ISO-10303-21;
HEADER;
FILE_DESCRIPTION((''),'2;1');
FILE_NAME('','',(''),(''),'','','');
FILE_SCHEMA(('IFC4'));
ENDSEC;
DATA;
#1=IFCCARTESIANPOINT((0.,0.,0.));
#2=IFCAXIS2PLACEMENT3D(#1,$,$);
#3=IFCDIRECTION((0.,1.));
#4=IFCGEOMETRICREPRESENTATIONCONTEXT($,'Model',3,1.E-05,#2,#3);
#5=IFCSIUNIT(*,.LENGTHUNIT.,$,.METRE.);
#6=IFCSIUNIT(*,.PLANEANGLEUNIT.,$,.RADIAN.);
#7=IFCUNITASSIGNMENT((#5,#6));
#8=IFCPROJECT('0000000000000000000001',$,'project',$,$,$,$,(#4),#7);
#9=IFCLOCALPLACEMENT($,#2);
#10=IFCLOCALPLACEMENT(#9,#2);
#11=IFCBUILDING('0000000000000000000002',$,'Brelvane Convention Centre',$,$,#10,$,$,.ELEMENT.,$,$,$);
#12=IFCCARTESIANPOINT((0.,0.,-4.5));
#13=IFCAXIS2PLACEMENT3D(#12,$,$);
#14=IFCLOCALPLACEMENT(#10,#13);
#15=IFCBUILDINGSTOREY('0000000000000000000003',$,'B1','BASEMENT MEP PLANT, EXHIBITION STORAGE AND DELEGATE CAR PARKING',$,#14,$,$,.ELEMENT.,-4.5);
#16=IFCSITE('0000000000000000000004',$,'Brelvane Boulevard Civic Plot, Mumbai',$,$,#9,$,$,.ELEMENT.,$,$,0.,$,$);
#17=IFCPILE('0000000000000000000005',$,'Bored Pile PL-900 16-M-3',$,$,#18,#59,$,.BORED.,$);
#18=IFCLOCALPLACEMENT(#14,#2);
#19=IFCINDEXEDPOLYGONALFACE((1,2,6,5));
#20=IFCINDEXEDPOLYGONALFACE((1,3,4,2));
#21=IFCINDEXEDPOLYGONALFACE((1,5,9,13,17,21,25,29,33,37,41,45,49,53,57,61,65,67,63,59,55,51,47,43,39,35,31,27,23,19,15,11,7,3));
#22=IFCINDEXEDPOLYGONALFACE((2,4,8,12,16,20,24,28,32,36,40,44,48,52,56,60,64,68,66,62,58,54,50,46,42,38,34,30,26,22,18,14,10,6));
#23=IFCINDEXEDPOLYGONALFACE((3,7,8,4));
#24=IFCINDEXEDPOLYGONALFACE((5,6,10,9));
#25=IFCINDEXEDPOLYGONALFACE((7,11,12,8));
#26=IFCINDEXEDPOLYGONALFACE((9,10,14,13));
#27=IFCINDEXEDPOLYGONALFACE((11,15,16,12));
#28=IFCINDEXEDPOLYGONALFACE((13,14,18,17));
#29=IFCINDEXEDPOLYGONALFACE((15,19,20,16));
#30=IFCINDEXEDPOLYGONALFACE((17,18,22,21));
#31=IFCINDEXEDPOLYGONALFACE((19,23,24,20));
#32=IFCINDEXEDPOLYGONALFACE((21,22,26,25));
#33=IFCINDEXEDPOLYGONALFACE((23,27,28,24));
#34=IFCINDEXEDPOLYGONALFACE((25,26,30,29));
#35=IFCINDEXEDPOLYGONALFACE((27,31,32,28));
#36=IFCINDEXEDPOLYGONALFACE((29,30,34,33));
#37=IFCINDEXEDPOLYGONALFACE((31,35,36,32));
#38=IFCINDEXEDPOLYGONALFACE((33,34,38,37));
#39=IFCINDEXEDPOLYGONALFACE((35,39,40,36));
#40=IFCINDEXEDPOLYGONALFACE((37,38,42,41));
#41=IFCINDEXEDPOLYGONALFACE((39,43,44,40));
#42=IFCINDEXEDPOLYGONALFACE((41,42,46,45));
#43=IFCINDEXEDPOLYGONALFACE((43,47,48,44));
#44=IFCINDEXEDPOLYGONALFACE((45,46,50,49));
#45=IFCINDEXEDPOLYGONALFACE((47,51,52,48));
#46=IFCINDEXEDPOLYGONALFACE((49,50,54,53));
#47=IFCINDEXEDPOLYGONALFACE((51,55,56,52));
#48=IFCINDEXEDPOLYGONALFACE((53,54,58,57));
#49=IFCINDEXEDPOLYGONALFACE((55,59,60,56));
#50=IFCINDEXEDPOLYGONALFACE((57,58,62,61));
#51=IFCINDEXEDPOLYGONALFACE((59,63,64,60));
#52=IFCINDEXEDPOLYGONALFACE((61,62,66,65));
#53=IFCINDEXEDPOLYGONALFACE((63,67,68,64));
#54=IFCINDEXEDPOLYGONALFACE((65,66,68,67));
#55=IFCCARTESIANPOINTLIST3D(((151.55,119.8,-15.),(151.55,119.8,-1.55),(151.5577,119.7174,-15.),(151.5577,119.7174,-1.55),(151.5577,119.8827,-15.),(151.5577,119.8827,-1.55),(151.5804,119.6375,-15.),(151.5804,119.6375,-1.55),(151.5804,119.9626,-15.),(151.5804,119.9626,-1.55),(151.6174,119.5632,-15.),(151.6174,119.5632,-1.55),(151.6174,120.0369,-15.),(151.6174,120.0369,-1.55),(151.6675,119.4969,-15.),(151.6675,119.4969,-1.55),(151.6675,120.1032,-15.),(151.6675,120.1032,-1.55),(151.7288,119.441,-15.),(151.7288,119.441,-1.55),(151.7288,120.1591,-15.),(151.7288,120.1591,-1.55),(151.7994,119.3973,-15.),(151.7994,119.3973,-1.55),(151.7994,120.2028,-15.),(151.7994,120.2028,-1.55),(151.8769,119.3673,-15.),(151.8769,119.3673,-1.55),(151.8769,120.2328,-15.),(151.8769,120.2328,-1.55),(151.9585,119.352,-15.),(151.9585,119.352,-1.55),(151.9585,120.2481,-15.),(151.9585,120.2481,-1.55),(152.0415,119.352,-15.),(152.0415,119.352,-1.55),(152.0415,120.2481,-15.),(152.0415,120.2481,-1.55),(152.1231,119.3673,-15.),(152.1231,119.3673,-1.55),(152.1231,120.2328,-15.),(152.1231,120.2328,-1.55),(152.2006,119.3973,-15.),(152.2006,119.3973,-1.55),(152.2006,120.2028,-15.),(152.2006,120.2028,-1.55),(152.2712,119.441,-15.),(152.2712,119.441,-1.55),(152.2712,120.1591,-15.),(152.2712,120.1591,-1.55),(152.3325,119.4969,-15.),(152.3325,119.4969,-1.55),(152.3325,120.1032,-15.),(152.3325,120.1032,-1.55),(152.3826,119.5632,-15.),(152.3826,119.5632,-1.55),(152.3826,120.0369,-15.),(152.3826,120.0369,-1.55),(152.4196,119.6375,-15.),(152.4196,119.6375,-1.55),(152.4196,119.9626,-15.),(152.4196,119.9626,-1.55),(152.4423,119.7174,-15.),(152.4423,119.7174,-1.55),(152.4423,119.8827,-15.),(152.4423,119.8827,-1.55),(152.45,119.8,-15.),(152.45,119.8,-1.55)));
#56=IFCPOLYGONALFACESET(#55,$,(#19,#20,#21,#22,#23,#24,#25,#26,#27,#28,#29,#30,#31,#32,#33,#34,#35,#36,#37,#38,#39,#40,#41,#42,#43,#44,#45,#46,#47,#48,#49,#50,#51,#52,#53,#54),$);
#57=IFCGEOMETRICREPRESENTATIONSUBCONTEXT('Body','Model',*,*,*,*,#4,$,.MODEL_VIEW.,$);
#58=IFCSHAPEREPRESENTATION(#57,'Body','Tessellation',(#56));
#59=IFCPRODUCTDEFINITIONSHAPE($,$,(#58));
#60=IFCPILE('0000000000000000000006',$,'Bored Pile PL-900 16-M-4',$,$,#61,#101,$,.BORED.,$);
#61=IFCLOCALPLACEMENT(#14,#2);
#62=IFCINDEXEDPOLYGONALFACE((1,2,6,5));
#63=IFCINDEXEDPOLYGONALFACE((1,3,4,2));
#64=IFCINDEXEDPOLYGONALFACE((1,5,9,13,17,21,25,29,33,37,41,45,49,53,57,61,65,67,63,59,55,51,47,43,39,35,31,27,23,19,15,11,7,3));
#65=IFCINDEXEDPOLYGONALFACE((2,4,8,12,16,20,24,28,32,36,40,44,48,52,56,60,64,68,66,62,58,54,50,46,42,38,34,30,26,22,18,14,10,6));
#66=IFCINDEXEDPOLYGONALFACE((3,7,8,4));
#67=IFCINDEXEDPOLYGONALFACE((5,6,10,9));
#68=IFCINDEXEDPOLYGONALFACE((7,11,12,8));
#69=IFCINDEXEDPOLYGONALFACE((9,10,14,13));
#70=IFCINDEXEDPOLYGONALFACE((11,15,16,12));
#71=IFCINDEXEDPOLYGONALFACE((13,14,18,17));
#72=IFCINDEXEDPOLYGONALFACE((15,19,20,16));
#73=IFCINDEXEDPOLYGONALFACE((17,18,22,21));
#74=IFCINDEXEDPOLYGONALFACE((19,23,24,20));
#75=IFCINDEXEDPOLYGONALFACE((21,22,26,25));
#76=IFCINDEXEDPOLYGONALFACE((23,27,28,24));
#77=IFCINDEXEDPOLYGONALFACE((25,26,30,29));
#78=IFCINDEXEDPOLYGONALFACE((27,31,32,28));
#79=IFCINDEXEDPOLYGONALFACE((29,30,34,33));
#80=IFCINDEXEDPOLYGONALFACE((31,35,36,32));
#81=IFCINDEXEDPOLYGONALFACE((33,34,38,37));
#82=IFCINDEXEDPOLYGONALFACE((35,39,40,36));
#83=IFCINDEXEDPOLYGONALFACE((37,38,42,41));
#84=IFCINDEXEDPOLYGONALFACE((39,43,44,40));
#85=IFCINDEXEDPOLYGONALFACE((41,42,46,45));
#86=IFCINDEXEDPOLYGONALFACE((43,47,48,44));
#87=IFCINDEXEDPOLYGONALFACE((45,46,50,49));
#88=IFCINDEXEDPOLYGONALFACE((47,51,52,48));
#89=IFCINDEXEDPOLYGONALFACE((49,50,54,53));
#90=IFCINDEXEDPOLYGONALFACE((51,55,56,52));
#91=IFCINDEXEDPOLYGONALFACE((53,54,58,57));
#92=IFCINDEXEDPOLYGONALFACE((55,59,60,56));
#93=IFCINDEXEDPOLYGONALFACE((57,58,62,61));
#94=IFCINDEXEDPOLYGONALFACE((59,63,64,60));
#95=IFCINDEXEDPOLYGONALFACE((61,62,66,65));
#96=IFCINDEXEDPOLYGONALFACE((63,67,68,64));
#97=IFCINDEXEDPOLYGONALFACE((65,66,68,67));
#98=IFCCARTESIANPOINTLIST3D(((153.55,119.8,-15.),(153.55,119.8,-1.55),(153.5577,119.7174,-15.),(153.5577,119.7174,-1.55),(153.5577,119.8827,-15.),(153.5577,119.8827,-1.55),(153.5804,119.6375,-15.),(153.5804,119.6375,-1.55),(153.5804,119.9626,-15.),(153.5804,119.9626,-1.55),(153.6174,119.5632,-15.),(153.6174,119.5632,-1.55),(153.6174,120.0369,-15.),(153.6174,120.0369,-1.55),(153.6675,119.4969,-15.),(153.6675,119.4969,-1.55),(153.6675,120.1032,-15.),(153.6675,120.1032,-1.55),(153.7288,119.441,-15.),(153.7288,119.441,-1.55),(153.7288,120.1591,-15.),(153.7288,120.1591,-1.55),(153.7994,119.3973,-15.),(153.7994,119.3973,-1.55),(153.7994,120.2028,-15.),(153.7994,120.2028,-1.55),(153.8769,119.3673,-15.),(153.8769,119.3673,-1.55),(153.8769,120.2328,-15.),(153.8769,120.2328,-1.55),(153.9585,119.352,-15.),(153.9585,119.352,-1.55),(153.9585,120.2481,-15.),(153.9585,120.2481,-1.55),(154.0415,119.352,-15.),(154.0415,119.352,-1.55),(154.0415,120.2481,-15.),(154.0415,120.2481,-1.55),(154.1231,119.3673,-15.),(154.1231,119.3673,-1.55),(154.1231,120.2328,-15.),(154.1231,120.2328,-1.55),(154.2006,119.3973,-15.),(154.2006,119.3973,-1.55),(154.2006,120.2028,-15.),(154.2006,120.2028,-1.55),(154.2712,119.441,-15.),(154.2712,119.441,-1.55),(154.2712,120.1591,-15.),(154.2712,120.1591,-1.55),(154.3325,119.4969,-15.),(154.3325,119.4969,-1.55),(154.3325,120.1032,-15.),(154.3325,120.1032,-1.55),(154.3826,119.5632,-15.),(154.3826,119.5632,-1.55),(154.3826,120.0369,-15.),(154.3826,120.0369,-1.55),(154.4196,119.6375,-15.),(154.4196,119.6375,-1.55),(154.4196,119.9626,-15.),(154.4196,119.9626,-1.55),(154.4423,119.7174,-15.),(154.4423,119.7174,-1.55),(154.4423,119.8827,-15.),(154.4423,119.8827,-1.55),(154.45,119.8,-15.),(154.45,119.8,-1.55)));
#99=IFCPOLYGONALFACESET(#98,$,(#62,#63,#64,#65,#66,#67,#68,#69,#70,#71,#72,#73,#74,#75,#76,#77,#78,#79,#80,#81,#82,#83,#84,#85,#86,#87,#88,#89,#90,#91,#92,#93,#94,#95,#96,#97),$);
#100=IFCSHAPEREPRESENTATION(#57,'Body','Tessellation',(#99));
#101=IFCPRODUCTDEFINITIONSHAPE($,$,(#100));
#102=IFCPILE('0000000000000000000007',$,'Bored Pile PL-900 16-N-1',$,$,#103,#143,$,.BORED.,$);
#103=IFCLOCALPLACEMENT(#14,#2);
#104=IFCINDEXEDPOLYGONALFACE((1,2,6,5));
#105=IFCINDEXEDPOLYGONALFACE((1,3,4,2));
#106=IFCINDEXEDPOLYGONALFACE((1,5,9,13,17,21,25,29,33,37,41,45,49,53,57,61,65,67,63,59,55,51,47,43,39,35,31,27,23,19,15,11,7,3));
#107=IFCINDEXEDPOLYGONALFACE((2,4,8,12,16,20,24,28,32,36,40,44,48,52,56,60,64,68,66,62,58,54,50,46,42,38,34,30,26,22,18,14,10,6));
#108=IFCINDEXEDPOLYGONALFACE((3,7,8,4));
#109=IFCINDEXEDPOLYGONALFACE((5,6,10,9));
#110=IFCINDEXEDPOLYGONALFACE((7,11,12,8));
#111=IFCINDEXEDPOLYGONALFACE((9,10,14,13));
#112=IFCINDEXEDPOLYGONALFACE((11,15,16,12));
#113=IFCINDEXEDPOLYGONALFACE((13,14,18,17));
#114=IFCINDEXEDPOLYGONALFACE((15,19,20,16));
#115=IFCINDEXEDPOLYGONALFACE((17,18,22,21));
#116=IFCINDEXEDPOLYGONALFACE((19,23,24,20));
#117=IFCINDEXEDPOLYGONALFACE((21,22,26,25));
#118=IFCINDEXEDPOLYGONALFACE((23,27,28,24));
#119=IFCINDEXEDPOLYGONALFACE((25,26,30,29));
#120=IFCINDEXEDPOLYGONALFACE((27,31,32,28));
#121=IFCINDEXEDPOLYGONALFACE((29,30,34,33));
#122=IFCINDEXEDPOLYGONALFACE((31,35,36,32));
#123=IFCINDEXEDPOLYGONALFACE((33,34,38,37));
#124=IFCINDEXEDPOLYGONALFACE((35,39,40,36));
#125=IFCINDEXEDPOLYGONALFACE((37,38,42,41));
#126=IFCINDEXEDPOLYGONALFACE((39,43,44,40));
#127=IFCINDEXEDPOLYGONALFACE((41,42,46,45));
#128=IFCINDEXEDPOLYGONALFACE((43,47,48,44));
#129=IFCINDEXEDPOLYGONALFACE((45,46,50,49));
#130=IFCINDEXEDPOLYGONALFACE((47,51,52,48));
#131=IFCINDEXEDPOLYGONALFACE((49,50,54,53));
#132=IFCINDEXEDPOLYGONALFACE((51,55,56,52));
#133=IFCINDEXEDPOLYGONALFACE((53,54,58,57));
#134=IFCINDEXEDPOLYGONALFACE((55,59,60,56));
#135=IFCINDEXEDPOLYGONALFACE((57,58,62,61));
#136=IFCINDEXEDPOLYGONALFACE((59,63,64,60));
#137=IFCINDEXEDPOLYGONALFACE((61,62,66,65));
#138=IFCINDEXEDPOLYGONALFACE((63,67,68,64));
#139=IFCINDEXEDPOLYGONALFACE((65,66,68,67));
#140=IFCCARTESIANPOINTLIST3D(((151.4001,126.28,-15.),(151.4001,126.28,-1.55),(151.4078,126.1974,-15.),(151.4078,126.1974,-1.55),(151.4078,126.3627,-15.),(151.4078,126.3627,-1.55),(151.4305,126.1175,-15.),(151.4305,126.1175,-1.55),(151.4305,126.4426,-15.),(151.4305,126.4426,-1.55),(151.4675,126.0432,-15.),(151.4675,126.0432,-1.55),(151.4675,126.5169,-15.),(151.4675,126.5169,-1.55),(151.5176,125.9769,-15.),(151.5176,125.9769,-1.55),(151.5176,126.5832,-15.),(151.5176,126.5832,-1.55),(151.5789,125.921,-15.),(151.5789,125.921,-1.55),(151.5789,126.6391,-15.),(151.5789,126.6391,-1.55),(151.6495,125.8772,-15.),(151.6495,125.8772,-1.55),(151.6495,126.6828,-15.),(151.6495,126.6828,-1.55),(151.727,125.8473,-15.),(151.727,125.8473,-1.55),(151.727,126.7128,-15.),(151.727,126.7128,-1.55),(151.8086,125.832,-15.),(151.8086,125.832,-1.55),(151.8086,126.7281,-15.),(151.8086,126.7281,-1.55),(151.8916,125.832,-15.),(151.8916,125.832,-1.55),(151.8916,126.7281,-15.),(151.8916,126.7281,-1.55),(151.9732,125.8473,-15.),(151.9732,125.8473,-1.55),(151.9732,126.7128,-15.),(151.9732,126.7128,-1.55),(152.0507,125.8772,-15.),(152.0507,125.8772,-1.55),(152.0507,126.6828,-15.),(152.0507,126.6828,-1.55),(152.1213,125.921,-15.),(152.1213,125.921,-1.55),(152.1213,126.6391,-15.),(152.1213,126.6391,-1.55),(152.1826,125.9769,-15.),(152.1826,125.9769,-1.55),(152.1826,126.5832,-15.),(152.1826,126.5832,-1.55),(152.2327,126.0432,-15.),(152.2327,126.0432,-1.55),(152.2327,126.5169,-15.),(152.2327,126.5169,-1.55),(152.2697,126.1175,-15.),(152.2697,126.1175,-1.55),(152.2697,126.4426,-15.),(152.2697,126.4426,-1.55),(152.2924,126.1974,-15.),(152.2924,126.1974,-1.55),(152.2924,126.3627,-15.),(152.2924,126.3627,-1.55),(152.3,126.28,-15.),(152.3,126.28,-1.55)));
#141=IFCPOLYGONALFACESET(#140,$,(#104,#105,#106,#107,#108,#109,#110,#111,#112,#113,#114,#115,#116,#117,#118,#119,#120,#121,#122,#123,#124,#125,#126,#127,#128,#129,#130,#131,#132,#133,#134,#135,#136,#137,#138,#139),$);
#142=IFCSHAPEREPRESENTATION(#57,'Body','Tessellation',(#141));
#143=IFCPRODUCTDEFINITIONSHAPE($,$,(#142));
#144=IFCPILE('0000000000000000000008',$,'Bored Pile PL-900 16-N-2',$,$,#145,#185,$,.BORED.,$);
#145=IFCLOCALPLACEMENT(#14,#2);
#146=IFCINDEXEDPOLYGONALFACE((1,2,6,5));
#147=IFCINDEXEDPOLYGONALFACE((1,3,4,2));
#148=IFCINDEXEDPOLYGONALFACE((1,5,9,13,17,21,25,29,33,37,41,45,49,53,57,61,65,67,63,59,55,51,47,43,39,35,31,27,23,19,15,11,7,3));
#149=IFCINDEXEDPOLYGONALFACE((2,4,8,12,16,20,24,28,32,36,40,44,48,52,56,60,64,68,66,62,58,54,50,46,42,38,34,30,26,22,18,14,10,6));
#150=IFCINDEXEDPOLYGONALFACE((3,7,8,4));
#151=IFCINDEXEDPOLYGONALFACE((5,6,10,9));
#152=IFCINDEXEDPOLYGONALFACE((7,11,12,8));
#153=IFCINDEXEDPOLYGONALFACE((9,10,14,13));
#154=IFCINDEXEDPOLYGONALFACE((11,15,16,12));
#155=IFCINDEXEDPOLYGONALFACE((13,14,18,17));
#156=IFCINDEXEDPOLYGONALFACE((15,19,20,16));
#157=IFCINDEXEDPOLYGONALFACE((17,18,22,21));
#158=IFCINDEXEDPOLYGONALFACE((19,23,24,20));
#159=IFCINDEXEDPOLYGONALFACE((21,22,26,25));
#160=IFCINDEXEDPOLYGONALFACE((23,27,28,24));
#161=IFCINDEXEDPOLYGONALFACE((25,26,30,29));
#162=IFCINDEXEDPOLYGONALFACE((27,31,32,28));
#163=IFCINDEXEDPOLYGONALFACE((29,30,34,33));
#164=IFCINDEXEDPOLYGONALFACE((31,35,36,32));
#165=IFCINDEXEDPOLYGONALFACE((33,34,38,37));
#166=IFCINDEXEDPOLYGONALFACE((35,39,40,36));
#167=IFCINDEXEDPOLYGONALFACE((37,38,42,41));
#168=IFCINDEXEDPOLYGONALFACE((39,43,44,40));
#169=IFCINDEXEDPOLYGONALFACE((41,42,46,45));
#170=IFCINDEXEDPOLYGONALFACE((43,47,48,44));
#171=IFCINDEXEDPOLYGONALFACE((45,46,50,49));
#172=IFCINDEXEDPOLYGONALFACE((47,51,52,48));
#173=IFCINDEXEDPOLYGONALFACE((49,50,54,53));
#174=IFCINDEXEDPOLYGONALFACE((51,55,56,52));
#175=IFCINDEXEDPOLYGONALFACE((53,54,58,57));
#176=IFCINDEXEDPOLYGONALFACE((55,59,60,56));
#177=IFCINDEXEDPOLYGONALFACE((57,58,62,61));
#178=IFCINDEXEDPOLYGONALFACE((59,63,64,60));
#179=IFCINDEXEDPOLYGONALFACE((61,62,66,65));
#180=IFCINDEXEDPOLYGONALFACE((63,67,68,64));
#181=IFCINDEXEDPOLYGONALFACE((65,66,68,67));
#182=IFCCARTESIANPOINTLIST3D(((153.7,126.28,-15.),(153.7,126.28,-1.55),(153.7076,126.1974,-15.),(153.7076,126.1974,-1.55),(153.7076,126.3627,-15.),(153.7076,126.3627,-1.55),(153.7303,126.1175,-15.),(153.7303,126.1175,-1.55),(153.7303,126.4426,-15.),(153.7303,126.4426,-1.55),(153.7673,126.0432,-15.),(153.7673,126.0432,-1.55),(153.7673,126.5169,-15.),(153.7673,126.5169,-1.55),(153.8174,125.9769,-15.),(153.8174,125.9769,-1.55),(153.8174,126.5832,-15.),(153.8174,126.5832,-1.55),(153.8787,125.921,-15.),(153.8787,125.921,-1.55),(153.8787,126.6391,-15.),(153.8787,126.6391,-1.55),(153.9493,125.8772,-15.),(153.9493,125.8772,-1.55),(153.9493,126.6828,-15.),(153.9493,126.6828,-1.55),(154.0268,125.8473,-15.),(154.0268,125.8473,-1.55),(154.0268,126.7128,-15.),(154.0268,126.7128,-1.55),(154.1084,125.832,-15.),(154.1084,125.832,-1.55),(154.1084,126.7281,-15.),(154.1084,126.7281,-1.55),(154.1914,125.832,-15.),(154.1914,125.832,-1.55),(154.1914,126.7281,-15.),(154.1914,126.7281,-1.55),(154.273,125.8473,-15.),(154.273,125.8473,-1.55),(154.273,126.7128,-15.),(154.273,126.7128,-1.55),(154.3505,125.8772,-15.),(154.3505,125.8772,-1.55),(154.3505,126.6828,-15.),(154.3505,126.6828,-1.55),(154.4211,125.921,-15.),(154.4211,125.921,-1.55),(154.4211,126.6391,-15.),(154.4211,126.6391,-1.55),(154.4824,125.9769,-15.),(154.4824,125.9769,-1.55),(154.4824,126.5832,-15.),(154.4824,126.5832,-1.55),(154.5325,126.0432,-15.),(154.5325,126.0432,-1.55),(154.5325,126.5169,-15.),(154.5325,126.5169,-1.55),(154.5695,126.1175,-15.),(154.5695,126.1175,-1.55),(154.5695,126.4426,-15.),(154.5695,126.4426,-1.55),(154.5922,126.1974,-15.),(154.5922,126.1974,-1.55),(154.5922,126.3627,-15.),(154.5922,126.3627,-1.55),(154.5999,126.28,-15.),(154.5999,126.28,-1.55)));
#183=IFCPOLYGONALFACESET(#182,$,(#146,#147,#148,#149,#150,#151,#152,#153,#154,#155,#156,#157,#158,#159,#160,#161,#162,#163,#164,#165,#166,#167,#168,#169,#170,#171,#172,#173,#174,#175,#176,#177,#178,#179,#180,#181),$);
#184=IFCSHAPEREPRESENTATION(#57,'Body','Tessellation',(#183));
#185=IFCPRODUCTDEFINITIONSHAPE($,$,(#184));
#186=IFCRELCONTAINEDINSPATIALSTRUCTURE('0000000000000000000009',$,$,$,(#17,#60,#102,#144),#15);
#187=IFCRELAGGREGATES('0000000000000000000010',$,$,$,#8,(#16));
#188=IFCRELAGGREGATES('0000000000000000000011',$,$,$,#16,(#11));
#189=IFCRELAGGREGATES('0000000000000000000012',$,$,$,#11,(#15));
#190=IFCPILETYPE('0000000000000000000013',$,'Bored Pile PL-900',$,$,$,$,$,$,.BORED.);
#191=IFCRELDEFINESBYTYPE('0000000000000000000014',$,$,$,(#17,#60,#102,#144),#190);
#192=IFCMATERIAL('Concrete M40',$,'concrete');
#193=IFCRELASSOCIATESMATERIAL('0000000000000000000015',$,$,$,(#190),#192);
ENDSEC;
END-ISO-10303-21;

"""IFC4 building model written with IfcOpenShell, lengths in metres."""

from ifc_helpers import new_model, si_unit, direction, frame, origin, origin_2d, place, context, subcontext, project, spatial, circle, extrude, material, material_profile, profile_set, type_object, element, save


model = new_model("IFC4")

# Units and contexts
model_context = context("Model", 3, precision=1e-05, world=origin(), true_north=direction((0.0, 1.0)))
body_context = subcontext(model_context, "Body", "Model", "MODEL_VIEW")
ifc_project = project(units=[si_unit("LENGTHUNIT", "METRE"), si_unit("PLANEANGLEUNIT", "RADIAN")], contexts=[model_context])

# Site, building, storey
site_placement = place(None, origin())
site = spatial("IfcSite", under=ifc_project, at=site_placement, Name="Brelvane Boulevard Civic Plot, Mumbai", CompositionType="ELEMENT", RefElevation=0.0)
building_placement = place(site_placement, origin())
building = spatial("IfcBuilding", under=site, at=building_placement, Name="Brelvane Convention Centre", CompositionType="ELEMENT")
storey_placement = place(building_placement, frame((0.0, 0.0, -4.5)))
storey = spatial("IfcBuildingStorey", under=building, at=storey_placement, Name="B1", Description="BASEMENT MEP PLANT, EXHIBITION STORAGE AND DELEGATE CAR PARKING", CompositionType="ELEMENT", Elevation=-4.5)

# Piles
ifc_material_1 = material(Name="Concrete M40", Category="concrete")
ifc_material_profile_1 = material_profile(ifc_material_1, circle(Radius=0.45, at=origin_2d()), Name="PILE D900")
ifc_profile_set_1 = profile_set([ifc_material_profile_1], Name="Concrete M40")
pile_type = type_object("IfcPileType", Name="Bored Pile PL-900", PredefinedType="BORED", material=ifc_profile_set_1)
for number, where, z_axis, x_axis, name in (
    (1, (152.0, 119.8, -1.55), (0.0, 0.0, -1.0), (1.0, 0.0, 0.0), "Bored Pile PL-900 16-M-3"),
    (2, (154.0, 119.8, -1.55), (0.0, 0.0, -1.0), (1.0, 0.0, 0.0), "Bored Pile PL-900 16-M-4"),
    (3, (151.8501, 126.28, -1.55), (0.0, 0.0, -1.0), (1.0, 0.0, 0.0), "Bored Pile PL-900 16-N-1"),
    (4, (154.1499, 126.28, -1.55), (0.0, 0.0, -1.0), (1.0, 0.0, 0.0), "Bored Pile PL-900 16-N-2"),
):
    element("IfcPile", number, at=place(storey_placement, frame(where, z_axis=z_axis, x_axis=x_axis)), inside=storey, type_object=pile_type, Name=name, PredefinedType="BORED", context=body_context, shape_type="SweptSolid", body=[
        extrude(circle(Radius=0.45, at=origin_2d()), origin(), (0.0, 0.0, 1.0), 13.45),
    ])

save(model, "model.ifc")
